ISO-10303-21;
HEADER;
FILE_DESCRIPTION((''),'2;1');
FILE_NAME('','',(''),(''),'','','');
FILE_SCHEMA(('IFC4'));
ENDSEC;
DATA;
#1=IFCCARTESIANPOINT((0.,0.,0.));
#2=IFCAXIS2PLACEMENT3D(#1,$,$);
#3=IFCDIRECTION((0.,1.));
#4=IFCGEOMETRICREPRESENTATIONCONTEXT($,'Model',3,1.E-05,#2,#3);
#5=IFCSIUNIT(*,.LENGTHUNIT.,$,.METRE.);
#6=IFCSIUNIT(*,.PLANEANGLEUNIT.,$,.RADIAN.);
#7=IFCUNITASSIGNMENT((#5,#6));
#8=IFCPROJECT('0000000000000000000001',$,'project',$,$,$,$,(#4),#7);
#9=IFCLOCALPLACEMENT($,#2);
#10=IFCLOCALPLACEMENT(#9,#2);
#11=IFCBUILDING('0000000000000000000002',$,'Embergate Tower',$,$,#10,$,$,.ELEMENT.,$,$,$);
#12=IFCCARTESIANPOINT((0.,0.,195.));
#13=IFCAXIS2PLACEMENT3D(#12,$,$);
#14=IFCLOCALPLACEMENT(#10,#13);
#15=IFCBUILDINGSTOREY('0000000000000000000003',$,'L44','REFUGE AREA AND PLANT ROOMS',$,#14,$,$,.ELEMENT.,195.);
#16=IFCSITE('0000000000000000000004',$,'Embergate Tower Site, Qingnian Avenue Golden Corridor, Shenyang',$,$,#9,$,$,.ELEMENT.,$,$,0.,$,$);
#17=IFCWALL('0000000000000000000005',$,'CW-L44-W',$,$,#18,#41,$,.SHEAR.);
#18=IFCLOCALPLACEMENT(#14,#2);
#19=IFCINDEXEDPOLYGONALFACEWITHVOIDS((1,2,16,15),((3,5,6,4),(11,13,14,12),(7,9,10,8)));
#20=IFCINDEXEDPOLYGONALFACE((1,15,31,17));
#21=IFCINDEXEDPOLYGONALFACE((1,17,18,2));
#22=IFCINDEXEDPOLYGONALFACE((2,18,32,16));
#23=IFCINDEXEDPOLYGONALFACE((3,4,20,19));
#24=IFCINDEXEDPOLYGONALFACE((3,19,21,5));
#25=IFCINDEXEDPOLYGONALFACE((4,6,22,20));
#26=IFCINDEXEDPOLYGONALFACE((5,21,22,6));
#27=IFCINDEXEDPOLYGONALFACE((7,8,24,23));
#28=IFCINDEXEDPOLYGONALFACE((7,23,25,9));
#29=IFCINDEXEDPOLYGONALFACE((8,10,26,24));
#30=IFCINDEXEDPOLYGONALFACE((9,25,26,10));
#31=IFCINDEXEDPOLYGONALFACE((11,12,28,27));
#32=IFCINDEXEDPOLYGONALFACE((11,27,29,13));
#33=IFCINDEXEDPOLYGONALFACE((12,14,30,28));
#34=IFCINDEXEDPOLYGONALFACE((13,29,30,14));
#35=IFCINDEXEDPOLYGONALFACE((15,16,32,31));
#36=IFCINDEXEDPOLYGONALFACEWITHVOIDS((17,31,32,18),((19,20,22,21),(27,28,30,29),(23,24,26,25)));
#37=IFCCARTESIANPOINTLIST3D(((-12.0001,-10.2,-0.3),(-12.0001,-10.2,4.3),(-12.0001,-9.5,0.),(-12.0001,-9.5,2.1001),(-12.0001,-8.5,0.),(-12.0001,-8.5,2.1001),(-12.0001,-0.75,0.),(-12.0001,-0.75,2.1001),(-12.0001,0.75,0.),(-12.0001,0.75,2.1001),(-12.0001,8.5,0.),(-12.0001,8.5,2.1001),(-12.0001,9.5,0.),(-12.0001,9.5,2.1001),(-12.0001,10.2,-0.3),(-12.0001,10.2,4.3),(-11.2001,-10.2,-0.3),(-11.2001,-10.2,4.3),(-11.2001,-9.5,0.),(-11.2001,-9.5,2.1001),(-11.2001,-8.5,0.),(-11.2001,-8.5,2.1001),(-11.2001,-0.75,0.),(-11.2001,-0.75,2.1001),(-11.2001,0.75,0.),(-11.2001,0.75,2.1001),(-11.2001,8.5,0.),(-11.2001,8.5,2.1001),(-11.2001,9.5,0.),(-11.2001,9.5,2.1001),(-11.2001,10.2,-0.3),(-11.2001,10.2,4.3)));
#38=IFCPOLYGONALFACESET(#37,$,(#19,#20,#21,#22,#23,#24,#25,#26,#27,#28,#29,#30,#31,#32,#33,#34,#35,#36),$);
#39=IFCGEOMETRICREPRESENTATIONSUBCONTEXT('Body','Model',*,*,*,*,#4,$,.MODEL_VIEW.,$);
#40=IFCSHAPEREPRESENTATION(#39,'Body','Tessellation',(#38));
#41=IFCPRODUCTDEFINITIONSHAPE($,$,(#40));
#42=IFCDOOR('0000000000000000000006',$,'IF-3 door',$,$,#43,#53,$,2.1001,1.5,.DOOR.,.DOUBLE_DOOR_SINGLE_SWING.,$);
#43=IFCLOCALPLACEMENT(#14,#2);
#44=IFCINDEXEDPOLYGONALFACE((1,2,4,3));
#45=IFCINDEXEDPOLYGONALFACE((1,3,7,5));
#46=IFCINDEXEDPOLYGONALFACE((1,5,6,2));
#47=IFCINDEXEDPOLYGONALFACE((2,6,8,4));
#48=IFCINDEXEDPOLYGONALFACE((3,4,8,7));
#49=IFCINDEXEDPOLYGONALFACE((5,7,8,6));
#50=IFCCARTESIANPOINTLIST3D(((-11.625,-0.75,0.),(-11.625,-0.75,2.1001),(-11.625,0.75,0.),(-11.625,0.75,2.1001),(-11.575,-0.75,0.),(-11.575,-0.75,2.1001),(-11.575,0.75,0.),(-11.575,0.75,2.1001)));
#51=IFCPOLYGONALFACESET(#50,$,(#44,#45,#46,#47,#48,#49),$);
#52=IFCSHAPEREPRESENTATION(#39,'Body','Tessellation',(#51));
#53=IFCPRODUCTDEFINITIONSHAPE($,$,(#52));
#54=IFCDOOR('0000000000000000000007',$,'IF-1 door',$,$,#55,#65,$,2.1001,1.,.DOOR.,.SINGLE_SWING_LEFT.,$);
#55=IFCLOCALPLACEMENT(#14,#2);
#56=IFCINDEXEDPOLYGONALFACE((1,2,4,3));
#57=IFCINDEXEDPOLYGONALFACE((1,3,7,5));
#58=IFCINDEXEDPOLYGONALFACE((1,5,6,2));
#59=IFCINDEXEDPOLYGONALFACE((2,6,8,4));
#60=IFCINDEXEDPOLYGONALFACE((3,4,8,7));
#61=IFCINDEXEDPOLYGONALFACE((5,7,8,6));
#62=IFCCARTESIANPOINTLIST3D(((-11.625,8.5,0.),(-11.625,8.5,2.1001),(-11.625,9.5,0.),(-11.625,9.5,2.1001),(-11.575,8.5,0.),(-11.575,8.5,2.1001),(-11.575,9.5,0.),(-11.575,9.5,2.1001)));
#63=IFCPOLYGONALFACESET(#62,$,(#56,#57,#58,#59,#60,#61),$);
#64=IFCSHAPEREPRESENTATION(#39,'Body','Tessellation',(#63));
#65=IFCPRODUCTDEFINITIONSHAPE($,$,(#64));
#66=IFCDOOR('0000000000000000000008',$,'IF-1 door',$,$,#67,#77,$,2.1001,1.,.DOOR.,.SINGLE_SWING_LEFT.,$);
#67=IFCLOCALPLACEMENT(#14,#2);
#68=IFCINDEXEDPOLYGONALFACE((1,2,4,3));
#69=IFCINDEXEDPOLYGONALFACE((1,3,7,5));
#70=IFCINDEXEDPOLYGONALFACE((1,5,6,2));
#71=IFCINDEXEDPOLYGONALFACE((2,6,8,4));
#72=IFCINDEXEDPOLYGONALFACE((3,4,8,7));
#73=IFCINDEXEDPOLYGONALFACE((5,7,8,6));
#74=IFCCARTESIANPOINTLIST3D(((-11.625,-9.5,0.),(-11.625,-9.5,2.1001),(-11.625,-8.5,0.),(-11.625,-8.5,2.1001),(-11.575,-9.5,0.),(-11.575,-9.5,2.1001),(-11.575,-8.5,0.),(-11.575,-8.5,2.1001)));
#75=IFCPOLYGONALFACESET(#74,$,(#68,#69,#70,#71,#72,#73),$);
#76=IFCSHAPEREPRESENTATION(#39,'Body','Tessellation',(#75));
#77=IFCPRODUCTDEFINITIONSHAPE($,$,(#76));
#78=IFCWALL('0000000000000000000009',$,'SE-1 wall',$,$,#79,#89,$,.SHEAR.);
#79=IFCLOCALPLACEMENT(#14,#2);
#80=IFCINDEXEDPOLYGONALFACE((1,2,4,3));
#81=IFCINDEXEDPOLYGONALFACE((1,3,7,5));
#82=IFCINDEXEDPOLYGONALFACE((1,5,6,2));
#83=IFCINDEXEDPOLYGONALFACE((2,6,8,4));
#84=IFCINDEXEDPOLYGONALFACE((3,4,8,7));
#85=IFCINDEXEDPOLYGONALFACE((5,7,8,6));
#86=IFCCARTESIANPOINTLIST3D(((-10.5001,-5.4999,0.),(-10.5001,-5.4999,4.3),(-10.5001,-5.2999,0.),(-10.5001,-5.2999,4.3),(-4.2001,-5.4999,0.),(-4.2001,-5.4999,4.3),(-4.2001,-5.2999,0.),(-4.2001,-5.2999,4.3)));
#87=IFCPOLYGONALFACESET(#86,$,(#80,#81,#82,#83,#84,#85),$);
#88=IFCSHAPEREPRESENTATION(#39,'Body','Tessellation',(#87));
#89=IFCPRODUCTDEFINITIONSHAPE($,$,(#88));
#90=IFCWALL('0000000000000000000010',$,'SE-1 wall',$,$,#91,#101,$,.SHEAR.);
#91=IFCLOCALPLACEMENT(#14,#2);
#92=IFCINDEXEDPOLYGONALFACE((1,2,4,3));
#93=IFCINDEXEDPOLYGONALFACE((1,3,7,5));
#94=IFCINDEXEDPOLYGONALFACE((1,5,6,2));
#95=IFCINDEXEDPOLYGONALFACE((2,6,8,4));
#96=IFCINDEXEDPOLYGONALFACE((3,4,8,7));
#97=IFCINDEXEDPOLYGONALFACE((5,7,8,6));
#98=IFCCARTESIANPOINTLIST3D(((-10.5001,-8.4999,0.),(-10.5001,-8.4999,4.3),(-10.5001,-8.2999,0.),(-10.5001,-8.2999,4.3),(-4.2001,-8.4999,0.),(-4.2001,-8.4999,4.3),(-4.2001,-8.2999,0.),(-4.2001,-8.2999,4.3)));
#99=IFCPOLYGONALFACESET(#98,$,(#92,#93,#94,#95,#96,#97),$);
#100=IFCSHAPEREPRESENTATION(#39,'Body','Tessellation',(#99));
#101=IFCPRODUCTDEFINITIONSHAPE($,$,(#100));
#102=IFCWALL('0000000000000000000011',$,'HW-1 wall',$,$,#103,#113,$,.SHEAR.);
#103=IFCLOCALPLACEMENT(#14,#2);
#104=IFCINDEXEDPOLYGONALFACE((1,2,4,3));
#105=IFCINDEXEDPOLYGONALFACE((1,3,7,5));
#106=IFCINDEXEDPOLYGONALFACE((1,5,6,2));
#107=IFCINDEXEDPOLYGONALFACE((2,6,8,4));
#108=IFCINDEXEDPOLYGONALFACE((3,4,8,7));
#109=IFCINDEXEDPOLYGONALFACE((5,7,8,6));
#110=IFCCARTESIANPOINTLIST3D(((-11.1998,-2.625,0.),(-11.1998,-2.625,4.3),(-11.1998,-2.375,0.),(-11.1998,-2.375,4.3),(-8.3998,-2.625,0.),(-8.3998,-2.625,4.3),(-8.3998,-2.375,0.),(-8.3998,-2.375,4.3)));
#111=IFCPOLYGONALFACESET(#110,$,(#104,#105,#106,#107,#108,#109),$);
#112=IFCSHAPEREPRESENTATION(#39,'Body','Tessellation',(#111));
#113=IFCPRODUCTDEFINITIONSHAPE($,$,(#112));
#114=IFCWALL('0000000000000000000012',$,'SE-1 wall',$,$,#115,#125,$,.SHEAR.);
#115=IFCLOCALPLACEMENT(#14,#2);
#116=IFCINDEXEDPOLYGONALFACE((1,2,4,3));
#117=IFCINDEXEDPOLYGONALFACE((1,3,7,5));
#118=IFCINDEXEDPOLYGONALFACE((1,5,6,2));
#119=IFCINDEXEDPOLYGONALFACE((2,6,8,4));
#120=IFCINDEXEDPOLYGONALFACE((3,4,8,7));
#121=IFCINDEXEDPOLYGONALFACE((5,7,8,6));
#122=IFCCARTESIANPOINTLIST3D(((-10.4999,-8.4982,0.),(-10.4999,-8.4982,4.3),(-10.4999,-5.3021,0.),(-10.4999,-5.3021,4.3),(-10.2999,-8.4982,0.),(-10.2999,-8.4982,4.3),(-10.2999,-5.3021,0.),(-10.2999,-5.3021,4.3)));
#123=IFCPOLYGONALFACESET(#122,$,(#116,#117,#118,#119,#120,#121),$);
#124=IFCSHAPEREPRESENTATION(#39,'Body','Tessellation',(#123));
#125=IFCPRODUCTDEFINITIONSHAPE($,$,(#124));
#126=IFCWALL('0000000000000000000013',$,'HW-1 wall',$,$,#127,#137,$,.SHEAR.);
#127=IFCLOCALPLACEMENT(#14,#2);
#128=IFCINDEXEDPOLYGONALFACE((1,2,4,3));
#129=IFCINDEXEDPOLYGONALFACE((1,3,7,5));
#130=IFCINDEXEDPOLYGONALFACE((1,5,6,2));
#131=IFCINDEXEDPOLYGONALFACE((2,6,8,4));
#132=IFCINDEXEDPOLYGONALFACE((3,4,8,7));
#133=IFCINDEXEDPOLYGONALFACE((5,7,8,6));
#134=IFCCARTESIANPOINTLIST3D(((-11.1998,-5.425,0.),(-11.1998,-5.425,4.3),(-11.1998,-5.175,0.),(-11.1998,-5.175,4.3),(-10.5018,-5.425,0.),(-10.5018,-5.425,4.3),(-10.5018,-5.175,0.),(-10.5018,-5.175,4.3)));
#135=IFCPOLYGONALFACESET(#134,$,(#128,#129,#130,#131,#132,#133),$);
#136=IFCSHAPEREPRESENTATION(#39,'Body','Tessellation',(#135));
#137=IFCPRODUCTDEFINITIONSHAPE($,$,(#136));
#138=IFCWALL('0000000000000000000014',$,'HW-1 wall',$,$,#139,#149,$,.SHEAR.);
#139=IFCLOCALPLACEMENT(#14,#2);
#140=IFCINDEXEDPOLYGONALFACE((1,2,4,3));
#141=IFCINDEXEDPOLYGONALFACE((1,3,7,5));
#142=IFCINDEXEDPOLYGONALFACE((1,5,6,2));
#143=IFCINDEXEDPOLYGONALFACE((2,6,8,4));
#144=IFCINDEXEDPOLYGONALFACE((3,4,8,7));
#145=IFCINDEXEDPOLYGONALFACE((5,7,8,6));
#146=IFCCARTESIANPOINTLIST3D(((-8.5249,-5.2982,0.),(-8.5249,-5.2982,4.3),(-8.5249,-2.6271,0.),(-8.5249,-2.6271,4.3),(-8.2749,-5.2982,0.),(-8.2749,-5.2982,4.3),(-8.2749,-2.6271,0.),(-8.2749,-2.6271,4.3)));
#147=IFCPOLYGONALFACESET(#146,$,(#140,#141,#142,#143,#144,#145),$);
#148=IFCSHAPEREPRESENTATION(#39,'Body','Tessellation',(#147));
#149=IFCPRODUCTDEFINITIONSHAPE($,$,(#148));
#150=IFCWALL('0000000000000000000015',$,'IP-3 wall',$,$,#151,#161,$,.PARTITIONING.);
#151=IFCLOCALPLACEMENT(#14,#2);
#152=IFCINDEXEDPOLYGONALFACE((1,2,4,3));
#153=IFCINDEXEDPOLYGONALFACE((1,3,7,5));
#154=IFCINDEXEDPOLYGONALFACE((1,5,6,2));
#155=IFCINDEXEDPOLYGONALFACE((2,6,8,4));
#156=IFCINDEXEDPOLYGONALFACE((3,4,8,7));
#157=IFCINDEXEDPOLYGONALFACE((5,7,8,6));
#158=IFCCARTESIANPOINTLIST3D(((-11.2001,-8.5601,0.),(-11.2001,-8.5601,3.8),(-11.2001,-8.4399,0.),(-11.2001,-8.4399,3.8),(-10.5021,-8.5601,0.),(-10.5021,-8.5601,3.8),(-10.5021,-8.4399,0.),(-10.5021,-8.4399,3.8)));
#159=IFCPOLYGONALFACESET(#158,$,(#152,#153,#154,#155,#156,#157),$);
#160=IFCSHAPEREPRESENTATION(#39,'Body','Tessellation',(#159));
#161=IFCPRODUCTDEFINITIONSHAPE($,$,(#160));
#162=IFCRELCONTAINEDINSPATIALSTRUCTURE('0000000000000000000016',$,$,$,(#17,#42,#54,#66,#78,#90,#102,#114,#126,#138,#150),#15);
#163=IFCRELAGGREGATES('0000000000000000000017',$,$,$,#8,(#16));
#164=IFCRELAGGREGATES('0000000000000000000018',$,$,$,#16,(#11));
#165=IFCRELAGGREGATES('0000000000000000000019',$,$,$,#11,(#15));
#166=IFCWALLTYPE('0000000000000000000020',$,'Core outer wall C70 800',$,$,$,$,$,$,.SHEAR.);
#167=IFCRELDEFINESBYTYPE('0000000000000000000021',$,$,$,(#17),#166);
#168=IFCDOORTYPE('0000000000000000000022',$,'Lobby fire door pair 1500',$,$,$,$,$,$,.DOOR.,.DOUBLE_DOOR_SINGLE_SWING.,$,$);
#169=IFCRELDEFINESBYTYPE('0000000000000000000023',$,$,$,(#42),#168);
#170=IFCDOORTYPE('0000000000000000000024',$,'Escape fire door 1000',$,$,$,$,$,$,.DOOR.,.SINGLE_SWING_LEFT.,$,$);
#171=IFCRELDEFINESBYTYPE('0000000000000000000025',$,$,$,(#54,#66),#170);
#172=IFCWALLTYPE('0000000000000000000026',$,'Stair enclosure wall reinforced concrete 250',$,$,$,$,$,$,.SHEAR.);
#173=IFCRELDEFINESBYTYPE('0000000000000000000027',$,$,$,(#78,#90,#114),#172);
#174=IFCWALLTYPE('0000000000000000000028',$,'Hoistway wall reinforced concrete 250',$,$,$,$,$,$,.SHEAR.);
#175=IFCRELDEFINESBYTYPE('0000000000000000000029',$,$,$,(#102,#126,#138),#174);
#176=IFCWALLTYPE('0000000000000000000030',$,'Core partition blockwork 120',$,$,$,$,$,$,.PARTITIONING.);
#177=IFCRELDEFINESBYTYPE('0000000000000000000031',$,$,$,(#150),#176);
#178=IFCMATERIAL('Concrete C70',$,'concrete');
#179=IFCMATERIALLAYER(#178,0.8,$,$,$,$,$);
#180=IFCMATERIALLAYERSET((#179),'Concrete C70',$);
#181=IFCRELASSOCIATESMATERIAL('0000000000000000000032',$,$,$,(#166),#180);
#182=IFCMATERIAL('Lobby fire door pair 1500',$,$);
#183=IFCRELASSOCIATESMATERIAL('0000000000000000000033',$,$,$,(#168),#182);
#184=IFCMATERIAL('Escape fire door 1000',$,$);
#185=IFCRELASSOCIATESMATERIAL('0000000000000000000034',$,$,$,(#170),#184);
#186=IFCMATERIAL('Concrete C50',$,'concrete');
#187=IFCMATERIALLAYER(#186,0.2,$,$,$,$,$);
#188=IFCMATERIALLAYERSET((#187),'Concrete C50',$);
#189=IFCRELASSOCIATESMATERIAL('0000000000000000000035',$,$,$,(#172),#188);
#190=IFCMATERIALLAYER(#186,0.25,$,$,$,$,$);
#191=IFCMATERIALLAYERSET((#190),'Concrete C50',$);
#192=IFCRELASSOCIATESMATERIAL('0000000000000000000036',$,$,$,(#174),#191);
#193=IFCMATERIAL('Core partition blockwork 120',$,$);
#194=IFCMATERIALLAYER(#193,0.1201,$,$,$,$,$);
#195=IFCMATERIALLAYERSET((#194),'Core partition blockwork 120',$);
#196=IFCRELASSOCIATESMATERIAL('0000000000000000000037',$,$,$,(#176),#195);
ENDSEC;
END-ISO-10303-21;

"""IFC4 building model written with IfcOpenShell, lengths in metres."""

from ifc_helpers import new_model, si_unit, direction, frame, frame_2d, origin, place, context, subcontext, project, spatial, rectangle, extrude, source, transform, mapped, material, layer, layer_set, type_object, element, fill, save


model = new_model("IFC4")

# Units and contexts
model_context = context("Model", 3, precision=1e-05, world=origin(), true_north=direction((0.0, 1.0)))
body_context = subcontext(model_context, "Body", "Model", "MODEL_VIEW")
ifc_project = project(units=[si_unit("LENGTHUNIT", "METRE"), si_unit("PLANEANGLEUNIT", "RADIAN")], contexts=[model_context])

# Site, building, storey
site_placement = place(None, origin())
site = spatial("IfcSite", under=ifc_project, at=site_placement, Name="Embergate Tower Site, Qingnian Avenue Golden Corridor, Shenyang", CompositionType="ELEMENT", RefElevation=0.0)
building_placement = place(site_placement, origin())
building = spatial("IfcBuilding", under=site, at=building_placement, Name="Embergate Tower", CompositionType="ELEMENT")
storey_placement = place(building_placement, frame((0.0, 0.0, 195.0)))
storey = spatial("IfcBuildingStorey", under=building, at=storey_placement, Name="L44", Description="REFUGE AREA AND PLANT ROOMS", CompositionType="ELEMENT", Elevation=195.0)

# Shared definitions
ifc_material_1 = material(Name="Concrete C70", Category="concrete")
ifc_layer_1 = layer(ifc_material_1, 0.8)
ifc_layer_set_1 = layer_set([ifc_layer_1], Name="Concrete C70")
wall_type_1 = type_object("IfcWallType", Name="Core outer wall C70 800", PredefinedType="SHEAR", material=ifc_layer_set_1)

# Wall, openings, doors
shared_shape_1 = source(origin(), body_context, "Body", "SweptSolid", [
    extrude(rectangle(XDim=20.3999, YDim=0.8, at=frame_2d((10.2, 0.0))), origin(), (0.0, 0.0, 1.0), 4.6001),
])
wall_1_placement = place(storey_placement, frame((-11.6001, -10.2, -0.3), z_axis=(0.0, 0.0, 1.0), x_axis=(0.0, 1.0, 0.0)))
wall_1 = element("IfcWall", 1, at=wall_1_placement, inside=storey, type_object=wall_type_1, Name="CW-L44-W", PredefinedType="SHEAR", context=body_context, shape_type="MappedRepresentation", body=[
    mapped(shared_shape_1, transform((0.0, 0.0, 0.0))),
])
shared_shape_2 = source(origin(), body_context, "Body", "SweptSolid", [
    extrude(rectangle(XDim=1.0, YDim=2.1001, at=frame_2d((0.5, 1.05))), frame((0.0, 0.4099, 0.0), z_axis=(0.0, -1.0, 0.0), x_axis=(1.0, 0.0, 0.0)), (0.0, 0.0, 1.0), 0.8201),
])
opening_1_placement = place(wall_1_placement, frame((18.7, 0.0, 0.3)))
opening_1 = element("IfcOpeningElement", 2, at=opening_1_placement, cuts=wall_1, PredefinedType="OPENING", context=body_context, shape_type="MappedRepresentation", body=[
    mapped(shared_shape_2, transform((0.0, 0.0, 0.0))),
])
opening_2_placement = place(wall_1_placement, frame((0.7, 0.0, 0.3)))
opening_2 = element("IfcOpeningElement", 3, at=opening_2_placement, cuts=wall_1, PredefinedType="OPENING", context=body_context, shape_type="MappedRepresentation", body=[
    mapped(shared_shape_2, transform((0.0, 0.0, 0.0))),
])
shared_shape_3 = source(origin(), body_context, "Body", "SweptSolid", [
    extrude(rectangle(XDim=1.5, YDim=2.1001, at=frame_2d((0.75, 1.05))), frame((0.0, 0.4099, 0.0), z_axis=(0.0, -1.0, 0.0), x_axis=(1.0, 0.0, 0.0)), (0.0, 0.0, 1.0), 0.8201),
])
opening_3_placement = place(wall_1_placement, frame((9.45, 0.0, 0.3)))
opening_3 = element("IfcOpeningElement", 4, at=opening_3_placement, cuts=wall_1, PredefinedType="OPENING", context=body_context, shape_type="MappedRepresentation", body=[
    mapped(shared_shape_3, transform((0.0, 0.0, 0.0))),
])
ifc_material_2 = material(Name="Lobby fire door pair 1500")
door_type_1 = type_object("IfcDoorType", Name="Lobby fire door pair 1500", OperationType="DOUBLE_DOOR_SINGLE_SWING", PredefinedType="DOOR", material=ifc_material_2)
shared_shape_4 = source(origin(), body_context, "Body", "SweptSolid", [
    extrude(rectangle(XDim=1.5, YDim=2.1001, at=frame_2d((0.75, 1.05))), frame((0.0, 0.0249, 0.0), z_axis=(0.0, -1.0, 0.0), x_axis=(1.0, 0.0, 0.0)), (0.0, 0.0, 1.0), 0.05),
])
door_1_placement = place(opening_3_placement, origin())
door_1 = element("IfcDoor", 5, at=door_1_placement, inside=storey, type_object=door_type_1, Name="IF-3 door", OperationType="DOUBLE_DOOR_SINGLE_SWING", OverallHeight=2.1001, OverallWidth=1.5, PredefinedType="DOOR", context=body_context, shape_type="MappedRepresentation", body=[
    mapped(shared_shape_4, transform((0.0, 0.0, 0.0))),
])
fill(opening_3, door_1)
ifc_material_3 = material(Name="Escape fire door 1000")
door_type_2 = type_object("IfcDoorType", Name="Escape fire door 1000", OperationType="SINGLE_SWING_LEFT", PredefinedType="DOOR", material=ifc_material_3)
shared_shape_5 = source(origin(), body_context, "Body", "SweptSolid", [
    extrude(rectangle(XDim=1.0, YDim=2.1001, at=frame_2d((0.5, 1.05))), frame((0.0, 0.0249, 0.0), z_axis=(0.0, -1.0, 0.0), x_axis=(1.0, 0.0, 0.0)), (0.0, 0.0, 1.0), 0.05),
])
door_2_placement = place(opening_1_placement, origin())
door_2 = element("IfcDoor", 6, at=door_2_placement, inside=storey, type_object=door_type_2, Name="IF-1 door", OperationType="SINGLE_SWING_LEFT", OverallHeight=2.1001, OverallWidth=1.0, PredefinedType="DOOR", context=body_context, shape_type="MappedRepresentation", body=[
    mapped(shared_shape_5, transform((0.0, 0.0, 0.0))),
])
fill(opening_1, door_2)
door_3_placement = place(opening_2_placement, origin())
door_3 = element("IfcDoor", 7, at=door_3_placement, inside=storey, type_object=door_type_2, Name="IF-1 door", OperationType="SINGLE_SWING_LEFT", OverallHeight=2.1001, OverallWidth=1.0, PredefinedType="DOOR", context=body_context, shape_type="MappedRepresentation", body=[
    mapped(shared_shape_5, transform((0.0, 0.0, 0.0))),
])
fill(opening_2, door_3)

# Walls
ifc_material_4 = material(Name="Concrete C50", Category="concrete")
ifc_layer_2 = layer(ifc_material_4, 0.2)
ifc_layer_set_2 = layer_set([ifc_layer_2], Name="Concrete C50")
wall_type_2 = type_object("IfcWallType", Name="Stair enclosure wall reinforced concrete 250", PredefinedType="SHEAR", material=ifc_layer_set_2)
shared_shape_6 = source(origin(), body_context, "Body", "SweptSolid", [
    extrude(rectangle(XDim=6.3, YDim=0.2, at=frame_2d((3.1499, 0.0))), origin(), (0.0, 0.0, 1.0), 4.3),
])
for number, where, z_axis, x_axis, name in (
    (8, (-10.5, -5.3999, 0.0), (0.0, 0.0, 1.0), (1.0, 0.0, 0.0), "SE-1 wall"),
    (9, (-10.5, -8.3999, 0.0), (0.0, 0.0, 1.0), (1.0, 0.0, 0.0), "SE-1 wall"),
):
    element("IfcWall", number, at=place(storey_placement, frame(where, z_axis=z_axis, x_axis=x_axis)), inside=storey, type_object=wall_type_2, Name=name, PredefinedType="SHEAR", context=body_context, shape_type="MappedRepresentation", body=[
        mapped(shared_shape_6, transform((0.0, 0.0, 0.0))),
    ])
ifc_layer_3 = layer(ifc_material_4, 0.25)
ifc_layer_set_3 = layer_set([ifc_layer_3], Name="Concrete C50")
wall_type_3 = type_object("IfcWallType", Name="Hoistway wall reinforced concrete 250", PredefinedType="SHEAR", material=ifc_layer_set_3)
shared_shape_7 = source(origin(), body_context, "Body", "SweptSolid", [
    extrude(rectangle(XDim=2.8, YDim=0.25, at=frame_2d((1.3999, 0.0))), origin(), (0.0, 0.0, 1.0), 4.3),
])
wall_2_placement = place(storey_placement, frame((-8.3999, -2.5, 0.0), z_axis=(0.0, 0.0, 1.0), x_axis=(-1.0, 0.0, 0.0)))
element("IfcWall", 10, at=wall_2_placement, inside=storey, type_object=wall_type_3, Name="HW-1 wall", PredefinedType="SHEAR", context=body_context, shape_type="MappedRepresentation", body=[
    mapped(shared_shape_7, transform((0.0, 0.0, 0.0))),
])
shared_shape_8 = source(origin(), body_context, "Body", "SweptSolid", [
    extrude(rectangle(XDim=3.196, YDim=0.2, at=frame_2d((1.5981, 0.0))), origin(), (0.0, 0.0, 1.0), 4.3),
])
wall_3_placement = place(storey_placement, frame((-10.3999, -5.302, 0.0), z_axis=(0.0, 0.0, 1.0), x_axis=(0.0, -1.0, 0.0)))
element("IfcWall", 11, at=wall_3_placement, inside=storey, type_object=wall_type_2, Name="SE-1 wall", PredefinedType="SHEAR", context=body_context, shape_type="MappedRepresentation", body=[
    mapped(shared_shape_8, transform((0.0, 0.0, 0.0))),
])
shared_shape_9 = source(origin(), body_context, "Body", "SweptSolid", [
    extrude(rectangle(XDim=0.698, YDim=0.25, at=frame_2d((0.3491, 0.0))), origin(), (0.0, 0.0, 1.0), 4.3),
])
wall_4_placement = place(storey_placement, frame((-11.2, -5.3, 0.0), z_axis=(0.0, 0.0, 1.0), x_axis=(1.0, 0.0, 0.0)))
element("IfcWall", 12, at=wall_4_placement, inside=storey, type_object=wall_type_3, Name="HW-1 wall", PredefinedType="SHEAR", context=body_context, shape_type="MappedRepresentation", body=[
    mapped(shared_shape_9, transform((0.0, 0.0, 0.0))),
])
shared_shape_10 = source(origin(), body_context, "Body", "SweptSolid", [
    extrude(rectangle(XDim=2.6711, YDim=0.25, at=frame_2d((1.3354, 0.0))), origin(), (0.0, 0.0, 1.0), 4.3),
])
wall_5_placement = place(storey_placement, frame((-8.3999, -5.2981, 0.0), z_axis=(0.0, 0.0, 1.0), x_axis=(0.0, 1.0, 0.0)))
element("IfcWall", 13, at=wall_5_placement, inside=storey, type_object=wall_type_3, Name="HW-1 wall", PredefinedType="SHEAR", context=body_context, shape_type="MappedRepresentation", body=[
    mapped(shared_shape_10, transform((0.0, 0.0, 0.0))),
])
ifc_material_5 = material(Name="Core partition blockwork 120")
ifc_layer_4 = layer(ifc_material_5, 0.1201)
ifc_layer_set_4 = layer_set([ifc_layer_4], Name="Core partition blockwork 120")
wall_type_4 = type_object("IfcWallType", Name="Core partition blockwork 120", PredefinedType="PARTITIONING", material=ifc_layer_set_4)
shared_shape_11 = source(origin(), body_context, "Body", "SweptSolid", [
    extrude(rectangle(XDim=0.698, YDim=0.1201, at=frame_2d((0.3491, 0.0))), origin(), (0.0, 0.0, 1.0), 3.8),
])
wall_6_placement = place(storey_placement, frame((-10.502, -8.5, 0.0), z_axis=(0.0, 0.0, 1.0), x_axis=(-1.0, 0.0, 0.0)))
element("IfcWall", 14, at=wall_6_placement, inside=storey, type_object=wall_type_4, Name="IP-3 wall", PredefinedType="PARTITIONING", context=body_context, shape_type="MappedRepresentation", body=[
    mapped(shared_shape_11, transform((0.0, 0.0, 0.0))),
])

save(model, "model.ifc")
